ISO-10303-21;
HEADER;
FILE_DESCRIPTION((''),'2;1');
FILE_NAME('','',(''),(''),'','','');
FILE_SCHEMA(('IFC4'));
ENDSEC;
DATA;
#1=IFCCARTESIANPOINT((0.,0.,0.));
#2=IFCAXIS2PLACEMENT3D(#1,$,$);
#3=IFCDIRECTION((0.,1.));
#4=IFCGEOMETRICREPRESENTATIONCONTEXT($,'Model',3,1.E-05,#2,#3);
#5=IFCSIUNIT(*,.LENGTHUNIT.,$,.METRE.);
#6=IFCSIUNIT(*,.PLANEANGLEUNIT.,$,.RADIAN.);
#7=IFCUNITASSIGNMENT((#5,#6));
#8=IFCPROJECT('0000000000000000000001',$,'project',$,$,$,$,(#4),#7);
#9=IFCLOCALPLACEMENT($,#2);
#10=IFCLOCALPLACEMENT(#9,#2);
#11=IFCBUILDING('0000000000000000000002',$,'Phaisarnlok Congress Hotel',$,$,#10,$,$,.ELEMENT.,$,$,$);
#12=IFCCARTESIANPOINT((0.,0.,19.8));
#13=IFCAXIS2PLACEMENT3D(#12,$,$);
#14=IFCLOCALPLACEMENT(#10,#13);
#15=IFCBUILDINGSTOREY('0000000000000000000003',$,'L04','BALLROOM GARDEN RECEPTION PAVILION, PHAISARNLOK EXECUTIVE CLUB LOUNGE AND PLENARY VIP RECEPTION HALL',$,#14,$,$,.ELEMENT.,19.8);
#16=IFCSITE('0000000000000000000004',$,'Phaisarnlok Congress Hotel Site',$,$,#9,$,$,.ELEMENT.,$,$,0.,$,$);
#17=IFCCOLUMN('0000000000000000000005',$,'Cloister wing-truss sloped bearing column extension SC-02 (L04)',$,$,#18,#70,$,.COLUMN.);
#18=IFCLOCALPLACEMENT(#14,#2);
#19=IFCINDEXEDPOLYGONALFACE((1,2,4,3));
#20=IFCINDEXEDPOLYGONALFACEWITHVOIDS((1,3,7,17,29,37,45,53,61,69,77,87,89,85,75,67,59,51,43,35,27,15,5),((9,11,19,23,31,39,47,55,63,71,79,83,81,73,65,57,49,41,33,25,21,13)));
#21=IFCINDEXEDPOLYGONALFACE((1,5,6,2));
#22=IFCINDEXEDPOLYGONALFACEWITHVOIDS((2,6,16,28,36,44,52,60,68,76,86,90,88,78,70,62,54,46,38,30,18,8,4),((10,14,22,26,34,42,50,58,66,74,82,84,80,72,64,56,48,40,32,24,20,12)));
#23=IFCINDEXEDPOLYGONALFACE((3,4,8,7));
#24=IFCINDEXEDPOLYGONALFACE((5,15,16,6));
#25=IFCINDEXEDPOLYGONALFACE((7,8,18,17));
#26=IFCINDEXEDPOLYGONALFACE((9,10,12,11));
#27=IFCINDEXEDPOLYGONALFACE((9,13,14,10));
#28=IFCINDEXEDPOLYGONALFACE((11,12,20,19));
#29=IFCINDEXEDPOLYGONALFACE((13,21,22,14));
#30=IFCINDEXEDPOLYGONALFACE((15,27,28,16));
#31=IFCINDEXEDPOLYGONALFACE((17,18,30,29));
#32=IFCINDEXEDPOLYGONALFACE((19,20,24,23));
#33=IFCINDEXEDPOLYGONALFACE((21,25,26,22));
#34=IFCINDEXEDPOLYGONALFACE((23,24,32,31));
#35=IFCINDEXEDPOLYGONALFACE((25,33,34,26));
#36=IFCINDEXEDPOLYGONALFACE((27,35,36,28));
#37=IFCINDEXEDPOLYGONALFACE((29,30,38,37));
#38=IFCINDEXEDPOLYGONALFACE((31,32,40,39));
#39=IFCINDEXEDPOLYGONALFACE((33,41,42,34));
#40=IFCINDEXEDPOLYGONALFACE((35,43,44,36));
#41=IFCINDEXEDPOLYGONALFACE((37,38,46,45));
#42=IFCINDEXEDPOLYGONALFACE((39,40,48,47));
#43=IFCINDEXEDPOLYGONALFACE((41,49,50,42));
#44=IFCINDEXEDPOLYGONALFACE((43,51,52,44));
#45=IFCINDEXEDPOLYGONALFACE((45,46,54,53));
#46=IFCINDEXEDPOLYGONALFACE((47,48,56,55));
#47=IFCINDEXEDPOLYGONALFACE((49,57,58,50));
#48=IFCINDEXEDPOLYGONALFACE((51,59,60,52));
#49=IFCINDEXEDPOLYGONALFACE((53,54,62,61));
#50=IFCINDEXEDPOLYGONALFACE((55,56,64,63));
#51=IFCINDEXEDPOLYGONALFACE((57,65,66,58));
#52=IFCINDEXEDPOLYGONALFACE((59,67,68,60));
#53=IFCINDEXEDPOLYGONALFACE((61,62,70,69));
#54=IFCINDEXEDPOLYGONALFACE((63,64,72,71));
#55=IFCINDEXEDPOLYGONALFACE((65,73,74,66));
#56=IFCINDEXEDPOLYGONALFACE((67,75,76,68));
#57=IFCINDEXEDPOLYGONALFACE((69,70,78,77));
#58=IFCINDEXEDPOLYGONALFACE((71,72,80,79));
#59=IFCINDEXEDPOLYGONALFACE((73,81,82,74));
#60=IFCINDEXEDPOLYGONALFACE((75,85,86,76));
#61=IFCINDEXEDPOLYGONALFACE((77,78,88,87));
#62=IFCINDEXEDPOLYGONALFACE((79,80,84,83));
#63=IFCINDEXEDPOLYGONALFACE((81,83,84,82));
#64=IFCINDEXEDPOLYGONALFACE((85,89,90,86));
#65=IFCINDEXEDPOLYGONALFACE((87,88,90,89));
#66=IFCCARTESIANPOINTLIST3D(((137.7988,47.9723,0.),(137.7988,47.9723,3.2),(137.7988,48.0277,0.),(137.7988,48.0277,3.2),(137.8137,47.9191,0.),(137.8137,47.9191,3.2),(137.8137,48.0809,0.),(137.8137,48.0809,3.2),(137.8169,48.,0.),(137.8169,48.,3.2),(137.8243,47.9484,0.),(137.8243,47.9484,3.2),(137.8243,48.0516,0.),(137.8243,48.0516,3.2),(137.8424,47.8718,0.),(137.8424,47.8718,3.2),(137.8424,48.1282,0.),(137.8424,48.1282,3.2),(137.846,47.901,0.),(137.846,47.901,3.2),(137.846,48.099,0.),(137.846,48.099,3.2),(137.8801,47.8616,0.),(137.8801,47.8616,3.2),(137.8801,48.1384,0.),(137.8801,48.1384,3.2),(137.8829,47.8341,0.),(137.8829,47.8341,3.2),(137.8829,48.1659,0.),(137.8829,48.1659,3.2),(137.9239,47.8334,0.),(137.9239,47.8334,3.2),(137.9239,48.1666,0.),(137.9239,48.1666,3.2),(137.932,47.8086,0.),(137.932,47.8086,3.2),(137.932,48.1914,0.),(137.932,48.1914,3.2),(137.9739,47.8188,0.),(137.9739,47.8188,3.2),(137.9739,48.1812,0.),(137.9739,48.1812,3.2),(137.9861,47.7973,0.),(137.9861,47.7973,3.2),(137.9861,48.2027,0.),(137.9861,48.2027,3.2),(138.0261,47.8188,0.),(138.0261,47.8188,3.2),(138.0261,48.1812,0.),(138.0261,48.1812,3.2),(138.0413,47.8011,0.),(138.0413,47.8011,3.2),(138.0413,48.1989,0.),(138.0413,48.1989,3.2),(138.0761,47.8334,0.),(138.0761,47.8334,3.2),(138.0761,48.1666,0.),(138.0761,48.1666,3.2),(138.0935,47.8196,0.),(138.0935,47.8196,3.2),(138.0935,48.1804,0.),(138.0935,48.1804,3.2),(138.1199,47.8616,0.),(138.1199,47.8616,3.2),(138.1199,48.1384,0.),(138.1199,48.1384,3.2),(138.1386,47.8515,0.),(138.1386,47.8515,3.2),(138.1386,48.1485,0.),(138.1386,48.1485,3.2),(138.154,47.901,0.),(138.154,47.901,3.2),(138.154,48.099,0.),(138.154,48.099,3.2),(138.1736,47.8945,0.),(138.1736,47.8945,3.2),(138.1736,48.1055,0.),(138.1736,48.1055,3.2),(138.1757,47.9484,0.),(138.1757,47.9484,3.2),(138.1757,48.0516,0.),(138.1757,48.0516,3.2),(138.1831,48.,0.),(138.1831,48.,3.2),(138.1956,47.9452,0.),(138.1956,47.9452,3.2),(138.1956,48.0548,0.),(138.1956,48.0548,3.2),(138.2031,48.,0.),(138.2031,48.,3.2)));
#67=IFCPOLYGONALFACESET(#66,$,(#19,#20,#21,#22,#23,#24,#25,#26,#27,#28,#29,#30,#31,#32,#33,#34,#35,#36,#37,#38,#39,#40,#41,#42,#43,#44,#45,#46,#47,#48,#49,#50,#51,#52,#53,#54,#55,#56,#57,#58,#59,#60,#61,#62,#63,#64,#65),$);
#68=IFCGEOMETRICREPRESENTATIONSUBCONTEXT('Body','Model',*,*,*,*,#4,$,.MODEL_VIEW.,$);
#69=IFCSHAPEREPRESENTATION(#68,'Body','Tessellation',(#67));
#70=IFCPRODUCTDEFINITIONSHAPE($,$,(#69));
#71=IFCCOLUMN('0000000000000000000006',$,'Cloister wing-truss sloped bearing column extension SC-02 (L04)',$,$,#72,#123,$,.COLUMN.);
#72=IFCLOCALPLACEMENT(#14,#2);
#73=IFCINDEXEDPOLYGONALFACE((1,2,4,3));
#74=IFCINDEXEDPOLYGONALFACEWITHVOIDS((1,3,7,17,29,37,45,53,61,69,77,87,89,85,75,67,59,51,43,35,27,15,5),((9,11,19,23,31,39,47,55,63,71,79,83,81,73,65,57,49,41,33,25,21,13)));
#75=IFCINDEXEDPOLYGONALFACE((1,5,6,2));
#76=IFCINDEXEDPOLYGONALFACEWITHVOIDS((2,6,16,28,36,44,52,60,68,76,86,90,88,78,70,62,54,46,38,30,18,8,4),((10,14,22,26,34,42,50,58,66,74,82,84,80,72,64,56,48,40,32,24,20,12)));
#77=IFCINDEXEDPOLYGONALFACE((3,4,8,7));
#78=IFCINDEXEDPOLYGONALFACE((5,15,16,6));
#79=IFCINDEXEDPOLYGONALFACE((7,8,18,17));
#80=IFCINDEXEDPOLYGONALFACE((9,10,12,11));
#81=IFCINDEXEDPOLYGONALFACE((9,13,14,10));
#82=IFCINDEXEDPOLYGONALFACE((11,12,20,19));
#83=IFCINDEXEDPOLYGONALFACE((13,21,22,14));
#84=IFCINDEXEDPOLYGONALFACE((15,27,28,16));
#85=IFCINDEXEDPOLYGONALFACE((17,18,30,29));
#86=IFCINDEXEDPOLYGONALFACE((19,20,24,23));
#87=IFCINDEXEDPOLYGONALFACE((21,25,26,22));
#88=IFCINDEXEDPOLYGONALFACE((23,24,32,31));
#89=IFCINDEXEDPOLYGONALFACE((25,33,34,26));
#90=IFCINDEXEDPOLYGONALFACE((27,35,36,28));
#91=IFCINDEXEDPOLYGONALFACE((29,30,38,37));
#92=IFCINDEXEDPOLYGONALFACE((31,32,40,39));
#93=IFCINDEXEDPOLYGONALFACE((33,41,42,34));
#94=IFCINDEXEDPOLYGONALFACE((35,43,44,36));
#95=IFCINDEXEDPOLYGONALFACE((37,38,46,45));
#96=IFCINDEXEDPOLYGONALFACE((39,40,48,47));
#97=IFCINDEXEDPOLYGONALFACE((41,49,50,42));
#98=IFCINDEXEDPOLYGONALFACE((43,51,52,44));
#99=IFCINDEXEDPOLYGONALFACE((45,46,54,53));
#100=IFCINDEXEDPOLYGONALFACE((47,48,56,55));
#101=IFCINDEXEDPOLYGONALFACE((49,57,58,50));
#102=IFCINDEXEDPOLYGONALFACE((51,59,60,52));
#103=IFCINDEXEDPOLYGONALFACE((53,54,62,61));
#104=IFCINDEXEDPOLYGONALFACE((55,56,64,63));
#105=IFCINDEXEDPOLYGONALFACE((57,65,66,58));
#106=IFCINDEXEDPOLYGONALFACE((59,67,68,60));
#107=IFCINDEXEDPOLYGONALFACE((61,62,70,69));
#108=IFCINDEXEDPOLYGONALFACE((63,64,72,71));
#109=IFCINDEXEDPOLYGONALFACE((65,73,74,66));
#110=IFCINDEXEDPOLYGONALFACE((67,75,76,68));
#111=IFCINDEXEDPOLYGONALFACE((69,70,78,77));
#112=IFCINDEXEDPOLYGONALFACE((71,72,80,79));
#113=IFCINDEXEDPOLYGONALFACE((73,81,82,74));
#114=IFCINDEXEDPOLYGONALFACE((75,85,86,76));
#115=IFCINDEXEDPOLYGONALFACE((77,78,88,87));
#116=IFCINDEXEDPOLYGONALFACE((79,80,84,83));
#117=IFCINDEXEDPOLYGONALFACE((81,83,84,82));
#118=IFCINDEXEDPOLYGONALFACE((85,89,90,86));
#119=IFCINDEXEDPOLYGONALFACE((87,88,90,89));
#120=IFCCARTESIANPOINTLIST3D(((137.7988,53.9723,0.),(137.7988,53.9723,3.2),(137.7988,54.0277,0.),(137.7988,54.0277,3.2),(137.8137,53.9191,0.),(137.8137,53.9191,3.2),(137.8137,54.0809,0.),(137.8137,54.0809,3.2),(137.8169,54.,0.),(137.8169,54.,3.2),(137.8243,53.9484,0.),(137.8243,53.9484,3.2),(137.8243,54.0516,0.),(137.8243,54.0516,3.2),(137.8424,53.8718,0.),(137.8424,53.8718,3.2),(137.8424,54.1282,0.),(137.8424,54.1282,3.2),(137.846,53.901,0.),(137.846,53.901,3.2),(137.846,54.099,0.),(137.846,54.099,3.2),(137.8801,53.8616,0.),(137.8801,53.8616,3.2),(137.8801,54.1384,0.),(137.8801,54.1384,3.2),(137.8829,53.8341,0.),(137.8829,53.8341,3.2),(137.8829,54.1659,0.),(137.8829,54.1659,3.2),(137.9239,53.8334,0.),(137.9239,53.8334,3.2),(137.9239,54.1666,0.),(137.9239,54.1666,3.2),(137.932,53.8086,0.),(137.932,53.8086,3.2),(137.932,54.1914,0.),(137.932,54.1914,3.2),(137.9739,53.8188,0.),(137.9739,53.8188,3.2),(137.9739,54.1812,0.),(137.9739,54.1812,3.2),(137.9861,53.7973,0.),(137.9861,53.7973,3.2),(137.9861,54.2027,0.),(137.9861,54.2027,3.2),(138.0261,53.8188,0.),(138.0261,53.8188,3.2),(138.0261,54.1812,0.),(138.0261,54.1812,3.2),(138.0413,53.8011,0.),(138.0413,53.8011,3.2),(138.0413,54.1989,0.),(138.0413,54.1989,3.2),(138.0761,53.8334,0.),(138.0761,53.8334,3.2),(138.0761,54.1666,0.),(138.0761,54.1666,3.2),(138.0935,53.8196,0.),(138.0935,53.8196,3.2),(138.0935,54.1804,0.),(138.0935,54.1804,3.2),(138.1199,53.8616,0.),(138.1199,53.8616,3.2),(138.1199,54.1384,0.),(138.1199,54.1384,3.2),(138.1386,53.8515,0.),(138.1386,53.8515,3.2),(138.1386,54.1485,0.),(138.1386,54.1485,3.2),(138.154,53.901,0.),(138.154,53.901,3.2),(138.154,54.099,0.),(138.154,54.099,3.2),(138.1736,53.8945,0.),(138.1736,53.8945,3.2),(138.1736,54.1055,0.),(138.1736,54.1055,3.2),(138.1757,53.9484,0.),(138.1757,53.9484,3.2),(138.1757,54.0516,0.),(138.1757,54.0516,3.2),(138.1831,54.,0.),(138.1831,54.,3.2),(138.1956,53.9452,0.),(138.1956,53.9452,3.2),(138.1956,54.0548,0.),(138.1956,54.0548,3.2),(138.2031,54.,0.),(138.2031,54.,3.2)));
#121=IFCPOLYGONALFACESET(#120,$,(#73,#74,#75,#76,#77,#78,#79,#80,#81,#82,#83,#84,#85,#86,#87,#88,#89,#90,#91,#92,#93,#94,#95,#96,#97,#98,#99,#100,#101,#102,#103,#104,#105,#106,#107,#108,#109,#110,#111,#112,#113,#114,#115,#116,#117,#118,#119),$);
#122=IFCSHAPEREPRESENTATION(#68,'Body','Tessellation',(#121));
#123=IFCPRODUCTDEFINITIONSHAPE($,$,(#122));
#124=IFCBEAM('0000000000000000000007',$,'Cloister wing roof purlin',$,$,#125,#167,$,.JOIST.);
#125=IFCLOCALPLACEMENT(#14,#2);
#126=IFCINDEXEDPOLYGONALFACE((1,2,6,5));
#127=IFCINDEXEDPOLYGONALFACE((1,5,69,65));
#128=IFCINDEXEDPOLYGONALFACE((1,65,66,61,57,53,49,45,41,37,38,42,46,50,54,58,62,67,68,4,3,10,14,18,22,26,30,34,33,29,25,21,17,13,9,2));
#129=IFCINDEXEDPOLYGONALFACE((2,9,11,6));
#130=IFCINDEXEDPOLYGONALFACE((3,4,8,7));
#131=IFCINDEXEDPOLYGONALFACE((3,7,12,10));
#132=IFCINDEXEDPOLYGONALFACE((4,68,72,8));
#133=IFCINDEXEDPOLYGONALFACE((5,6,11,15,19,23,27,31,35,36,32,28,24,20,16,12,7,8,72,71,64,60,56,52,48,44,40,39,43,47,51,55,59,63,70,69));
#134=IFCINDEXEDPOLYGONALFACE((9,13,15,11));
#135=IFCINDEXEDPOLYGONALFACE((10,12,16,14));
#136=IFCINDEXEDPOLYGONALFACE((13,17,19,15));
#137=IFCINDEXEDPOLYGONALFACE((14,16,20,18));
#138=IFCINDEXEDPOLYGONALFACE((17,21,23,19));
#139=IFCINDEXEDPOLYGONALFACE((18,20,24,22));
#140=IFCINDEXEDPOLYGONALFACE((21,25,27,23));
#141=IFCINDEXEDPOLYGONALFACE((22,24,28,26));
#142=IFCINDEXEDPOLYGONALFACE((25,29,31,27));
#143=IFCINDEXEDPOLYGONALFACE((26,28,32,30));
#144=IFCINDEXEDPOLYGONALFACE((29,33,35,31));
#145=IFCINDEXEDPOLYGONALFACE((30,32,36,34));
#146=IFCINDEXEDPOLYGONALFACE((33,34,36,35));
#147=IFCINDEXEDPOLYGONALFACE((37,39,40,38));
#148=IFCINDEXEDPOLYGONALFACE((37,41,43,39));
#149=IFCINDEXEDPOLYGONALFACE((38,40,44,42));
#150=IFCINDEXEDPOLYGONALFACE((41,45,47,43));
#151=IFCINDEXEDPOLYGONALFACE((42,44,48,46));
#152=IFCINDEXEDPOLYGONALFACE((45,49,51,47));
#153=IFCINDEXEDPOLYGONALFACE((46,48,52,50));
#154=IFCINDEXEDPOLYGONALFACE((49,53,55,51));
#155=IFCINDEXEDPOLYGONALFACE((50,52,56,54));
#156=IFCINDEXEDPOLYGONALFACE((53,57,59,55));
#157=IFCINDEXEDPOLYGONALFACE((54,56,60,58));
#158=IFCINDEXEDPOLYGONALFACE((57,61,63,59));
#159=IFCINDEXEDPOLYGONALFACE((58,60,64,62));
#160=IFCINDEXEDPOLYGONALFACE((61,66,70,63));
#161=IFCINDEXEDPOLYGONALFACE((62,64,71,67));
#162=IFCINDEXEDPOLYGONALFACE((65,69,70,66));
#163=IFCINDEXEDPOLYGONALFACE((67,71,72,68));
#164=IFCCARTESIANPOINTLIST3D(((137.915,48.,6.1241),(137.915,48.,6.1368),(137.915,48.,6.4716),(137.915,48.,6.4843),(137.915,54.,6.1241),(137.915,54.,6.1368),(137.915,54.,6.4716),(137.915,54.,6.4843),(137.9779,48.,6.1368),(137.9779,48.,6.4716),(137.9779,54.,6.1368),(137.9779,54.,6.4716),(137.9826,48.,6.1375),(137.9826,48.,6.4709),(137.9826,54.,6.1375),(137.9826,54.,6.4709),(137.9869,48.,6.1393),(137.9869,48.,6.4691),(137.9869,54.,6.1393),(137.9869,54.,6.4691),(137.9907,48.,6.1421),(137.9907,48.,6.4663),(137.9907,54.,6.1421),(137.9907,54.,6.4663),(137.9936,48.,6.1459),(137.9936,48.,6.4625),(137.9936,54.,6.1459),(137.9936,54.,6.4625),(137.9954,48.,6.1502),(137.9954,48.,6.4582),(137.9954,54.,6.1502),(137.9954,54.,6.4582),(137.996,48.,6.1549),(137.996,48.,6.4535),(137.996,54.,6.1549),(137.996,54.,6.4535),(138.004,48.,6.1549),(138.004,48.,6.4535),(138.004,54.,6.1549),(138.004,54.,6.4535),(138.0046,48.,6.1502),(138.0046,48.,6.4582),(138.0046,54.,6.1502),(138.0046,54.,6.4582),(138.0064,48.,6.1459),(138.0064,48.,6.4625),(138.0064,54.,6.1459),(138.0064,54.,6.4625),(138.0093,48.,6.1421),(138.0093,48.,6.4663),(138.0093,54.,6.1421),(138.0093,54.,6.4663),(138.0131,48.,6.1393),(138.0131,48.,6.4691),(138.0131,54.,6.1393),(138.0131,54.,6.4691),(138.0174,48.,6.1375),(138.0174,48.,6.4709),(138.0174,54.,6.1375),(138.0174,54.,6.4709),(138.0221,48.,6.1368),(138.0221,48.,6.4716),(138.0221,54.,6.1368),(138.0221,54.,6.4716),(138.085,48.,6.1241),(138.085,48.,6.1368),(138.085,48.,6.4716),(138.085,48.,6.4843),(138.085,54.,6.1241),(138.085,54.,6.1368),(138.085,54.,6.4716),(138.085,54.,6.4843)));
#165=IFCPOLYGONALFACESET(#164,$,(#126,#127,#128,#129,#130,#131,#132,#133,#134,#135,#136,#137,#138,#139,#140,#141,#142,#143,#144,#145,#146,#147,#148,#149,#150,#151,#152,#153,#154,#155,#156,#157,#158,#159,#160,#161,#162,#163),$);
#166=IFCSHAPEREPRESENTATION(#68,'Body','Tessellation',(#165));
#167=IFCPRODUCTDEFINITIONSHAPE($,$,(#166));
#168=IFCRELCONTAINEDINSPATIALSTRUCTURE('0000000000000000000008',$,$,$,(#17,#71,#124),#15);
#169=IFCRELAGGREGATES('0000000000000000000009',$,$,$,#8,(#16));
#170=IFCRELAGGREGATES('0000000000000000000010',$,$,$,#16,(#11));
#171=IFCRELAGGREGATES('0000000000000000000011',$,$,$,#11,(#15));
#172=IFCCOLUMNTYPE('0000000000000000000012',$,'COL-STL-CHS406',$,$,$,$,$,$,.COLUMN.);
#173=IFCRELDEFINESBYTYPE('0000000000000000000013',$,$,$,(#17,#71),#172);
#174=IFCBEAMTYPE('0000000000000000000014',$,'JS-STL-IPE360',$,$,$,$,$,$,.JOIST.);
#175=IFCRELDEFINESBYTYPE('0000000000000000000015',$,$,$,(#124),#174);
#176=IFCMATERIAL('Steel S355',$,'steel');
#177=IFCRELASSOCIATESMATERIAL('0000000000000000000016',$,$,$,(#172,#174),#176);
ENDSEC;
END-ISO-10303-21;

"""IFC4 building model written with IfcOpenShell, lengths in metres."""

from ifc_helpers import new_model, si_unit, direction, frame, origin, origin_2d, place, context, subcontext, project, spatial, hollow_circle, i_section, extrude, material, material_profile, profile_set, type_object, element, save


model = new_model("IFC4")

# Units and contexts
model_context = context("Model", 3, precision=1e-05, world=origin(), true_north=direction((0.0, 1.0)))
body_context = subcontext(model_context, "Body", "Model", "MODEL_VIEW")
ifc_project = project(units=[si_unit("LENGTHUNIT", "METRE"), si_unit("PLANEANGLEUNIT", "RADIAN")], contexts=[model_context])

# Site, building, storey
site_placement = place(None, origin())
site = spatial("IfcSite", under=ifc_project, at=site_placement, Name="Phaisarnlok Congress Hotel Site", CompositionType="ELEMENT", RefElevation=0.0)
building_placement = place(site_placement, origin())
building = spatial("IfcBuilding", under=site, at=building_placement, Name="Phaisarnlok Congress Hotel", CompositionType="ELEMENT")
storey_placement = place(building_placement, frame((0.0, 0.0, 19.8)))
storey = spatial("IfcBuildingStorey", under=building, at=storey_placement, Name="L04", Description="BALLROOM GARDEN RECEPTION PAVILION, PHAISARNLOK EXECUTIVE CLUB LOUNGE AND PLENARY VIP RECEPTION HALL", CompositionType="ELEMENT", Elevation=19.8)

# Columns
ifc_material_1 = material(Name="Steel S355", Category="steel")
ifc_material_profile_1 = material_profile(ifc_material_1, hollow_circle(Radius=0.2031, WallThickness=0.02, at=origin_2d()), Name="CHS 406.4x20")
ifc_profile_set_1 = profile_set([ifc_material_profile_1], Name="Steel S355")
column_type = type_object("IfcColumnType", Name="COL-STL-CHS406", PredefinedType="COLUMN", material=ifc_profile_set_1)
for number, where, z_axis, x_axis, name in (
    (1, (138.0, 48.0, 0.0), (0.0, 0.0, 1.0), (1.0, 0.0, 0.0), "Cloister wing-truss sloped bearing column extension SC-02 (L04)"),
    (2, (138.0, 54.0, 0.0), (0.0, 0.0, 1.0), (1.0, 0.0, 0.0), "Cloister wing-truss sloped bearing column extension SC-02 (L04)"),
):
    element("IfcColumn", number, at=place(storey_placement, frame(where, z_axis=z_axis, x_axis=x_axis)), inside=storey, type_object=column_type, Name=name, PredefinedType="COLUMN", context=body_context, shape_type="SweptSolid", body=[
        extrude(hollow_circle(Radius=0.2031, WallThickness=0.02, at=origin_2d()), origin(), (0.0, 0.0, 1.0), 3.2),
    ])

# Beam
ifc_material_profile_2 = material_profile(ifc_material_1, i_section(OverallWidth=0.1699, OverallDepth=0.3601, WebThickness=0.0081, FlangeThickness=0.0127, FilletRadius=0.0181, at=origin_2d()), Name="IPE 360")
ifc_profile_set_2 = profile_set([ifc_material_profile_2], Name="Steel S355")
beam_type = type_object("IfcBeamType", Name="JS-STL-IPE360", PredefinedType="JOIST", material=ifc_profile_set_2)
for number, where, z_axis, x_axis, name in (
    (3, (138.0, 48.0, 6.3042), (0.0, 1.0, 0.0), (-1.0, 0.0, 0.0), "Cloister wing roof purlin"),
):
    element("IfcBeam", number, at=place(storey_placement, frame(where, z_axis=z_axis, x_axis=x_axis)), inside=storey, type_object=beam_type, Name=name, PredefinedType="JOIST", context=body_context, shape_type="SweptSolid", body=[
        extrude(i_section(OverallWidth=0.1699, OverallDepth=0.3601, WebThickness=0.0081, FlangeThickness=0.0127, FilletRadius=0.0181, at=origin_2d()), origin(), (0.0, 0.0, 1.0), 6.0),
    ])

save(model, "model.ifc")
